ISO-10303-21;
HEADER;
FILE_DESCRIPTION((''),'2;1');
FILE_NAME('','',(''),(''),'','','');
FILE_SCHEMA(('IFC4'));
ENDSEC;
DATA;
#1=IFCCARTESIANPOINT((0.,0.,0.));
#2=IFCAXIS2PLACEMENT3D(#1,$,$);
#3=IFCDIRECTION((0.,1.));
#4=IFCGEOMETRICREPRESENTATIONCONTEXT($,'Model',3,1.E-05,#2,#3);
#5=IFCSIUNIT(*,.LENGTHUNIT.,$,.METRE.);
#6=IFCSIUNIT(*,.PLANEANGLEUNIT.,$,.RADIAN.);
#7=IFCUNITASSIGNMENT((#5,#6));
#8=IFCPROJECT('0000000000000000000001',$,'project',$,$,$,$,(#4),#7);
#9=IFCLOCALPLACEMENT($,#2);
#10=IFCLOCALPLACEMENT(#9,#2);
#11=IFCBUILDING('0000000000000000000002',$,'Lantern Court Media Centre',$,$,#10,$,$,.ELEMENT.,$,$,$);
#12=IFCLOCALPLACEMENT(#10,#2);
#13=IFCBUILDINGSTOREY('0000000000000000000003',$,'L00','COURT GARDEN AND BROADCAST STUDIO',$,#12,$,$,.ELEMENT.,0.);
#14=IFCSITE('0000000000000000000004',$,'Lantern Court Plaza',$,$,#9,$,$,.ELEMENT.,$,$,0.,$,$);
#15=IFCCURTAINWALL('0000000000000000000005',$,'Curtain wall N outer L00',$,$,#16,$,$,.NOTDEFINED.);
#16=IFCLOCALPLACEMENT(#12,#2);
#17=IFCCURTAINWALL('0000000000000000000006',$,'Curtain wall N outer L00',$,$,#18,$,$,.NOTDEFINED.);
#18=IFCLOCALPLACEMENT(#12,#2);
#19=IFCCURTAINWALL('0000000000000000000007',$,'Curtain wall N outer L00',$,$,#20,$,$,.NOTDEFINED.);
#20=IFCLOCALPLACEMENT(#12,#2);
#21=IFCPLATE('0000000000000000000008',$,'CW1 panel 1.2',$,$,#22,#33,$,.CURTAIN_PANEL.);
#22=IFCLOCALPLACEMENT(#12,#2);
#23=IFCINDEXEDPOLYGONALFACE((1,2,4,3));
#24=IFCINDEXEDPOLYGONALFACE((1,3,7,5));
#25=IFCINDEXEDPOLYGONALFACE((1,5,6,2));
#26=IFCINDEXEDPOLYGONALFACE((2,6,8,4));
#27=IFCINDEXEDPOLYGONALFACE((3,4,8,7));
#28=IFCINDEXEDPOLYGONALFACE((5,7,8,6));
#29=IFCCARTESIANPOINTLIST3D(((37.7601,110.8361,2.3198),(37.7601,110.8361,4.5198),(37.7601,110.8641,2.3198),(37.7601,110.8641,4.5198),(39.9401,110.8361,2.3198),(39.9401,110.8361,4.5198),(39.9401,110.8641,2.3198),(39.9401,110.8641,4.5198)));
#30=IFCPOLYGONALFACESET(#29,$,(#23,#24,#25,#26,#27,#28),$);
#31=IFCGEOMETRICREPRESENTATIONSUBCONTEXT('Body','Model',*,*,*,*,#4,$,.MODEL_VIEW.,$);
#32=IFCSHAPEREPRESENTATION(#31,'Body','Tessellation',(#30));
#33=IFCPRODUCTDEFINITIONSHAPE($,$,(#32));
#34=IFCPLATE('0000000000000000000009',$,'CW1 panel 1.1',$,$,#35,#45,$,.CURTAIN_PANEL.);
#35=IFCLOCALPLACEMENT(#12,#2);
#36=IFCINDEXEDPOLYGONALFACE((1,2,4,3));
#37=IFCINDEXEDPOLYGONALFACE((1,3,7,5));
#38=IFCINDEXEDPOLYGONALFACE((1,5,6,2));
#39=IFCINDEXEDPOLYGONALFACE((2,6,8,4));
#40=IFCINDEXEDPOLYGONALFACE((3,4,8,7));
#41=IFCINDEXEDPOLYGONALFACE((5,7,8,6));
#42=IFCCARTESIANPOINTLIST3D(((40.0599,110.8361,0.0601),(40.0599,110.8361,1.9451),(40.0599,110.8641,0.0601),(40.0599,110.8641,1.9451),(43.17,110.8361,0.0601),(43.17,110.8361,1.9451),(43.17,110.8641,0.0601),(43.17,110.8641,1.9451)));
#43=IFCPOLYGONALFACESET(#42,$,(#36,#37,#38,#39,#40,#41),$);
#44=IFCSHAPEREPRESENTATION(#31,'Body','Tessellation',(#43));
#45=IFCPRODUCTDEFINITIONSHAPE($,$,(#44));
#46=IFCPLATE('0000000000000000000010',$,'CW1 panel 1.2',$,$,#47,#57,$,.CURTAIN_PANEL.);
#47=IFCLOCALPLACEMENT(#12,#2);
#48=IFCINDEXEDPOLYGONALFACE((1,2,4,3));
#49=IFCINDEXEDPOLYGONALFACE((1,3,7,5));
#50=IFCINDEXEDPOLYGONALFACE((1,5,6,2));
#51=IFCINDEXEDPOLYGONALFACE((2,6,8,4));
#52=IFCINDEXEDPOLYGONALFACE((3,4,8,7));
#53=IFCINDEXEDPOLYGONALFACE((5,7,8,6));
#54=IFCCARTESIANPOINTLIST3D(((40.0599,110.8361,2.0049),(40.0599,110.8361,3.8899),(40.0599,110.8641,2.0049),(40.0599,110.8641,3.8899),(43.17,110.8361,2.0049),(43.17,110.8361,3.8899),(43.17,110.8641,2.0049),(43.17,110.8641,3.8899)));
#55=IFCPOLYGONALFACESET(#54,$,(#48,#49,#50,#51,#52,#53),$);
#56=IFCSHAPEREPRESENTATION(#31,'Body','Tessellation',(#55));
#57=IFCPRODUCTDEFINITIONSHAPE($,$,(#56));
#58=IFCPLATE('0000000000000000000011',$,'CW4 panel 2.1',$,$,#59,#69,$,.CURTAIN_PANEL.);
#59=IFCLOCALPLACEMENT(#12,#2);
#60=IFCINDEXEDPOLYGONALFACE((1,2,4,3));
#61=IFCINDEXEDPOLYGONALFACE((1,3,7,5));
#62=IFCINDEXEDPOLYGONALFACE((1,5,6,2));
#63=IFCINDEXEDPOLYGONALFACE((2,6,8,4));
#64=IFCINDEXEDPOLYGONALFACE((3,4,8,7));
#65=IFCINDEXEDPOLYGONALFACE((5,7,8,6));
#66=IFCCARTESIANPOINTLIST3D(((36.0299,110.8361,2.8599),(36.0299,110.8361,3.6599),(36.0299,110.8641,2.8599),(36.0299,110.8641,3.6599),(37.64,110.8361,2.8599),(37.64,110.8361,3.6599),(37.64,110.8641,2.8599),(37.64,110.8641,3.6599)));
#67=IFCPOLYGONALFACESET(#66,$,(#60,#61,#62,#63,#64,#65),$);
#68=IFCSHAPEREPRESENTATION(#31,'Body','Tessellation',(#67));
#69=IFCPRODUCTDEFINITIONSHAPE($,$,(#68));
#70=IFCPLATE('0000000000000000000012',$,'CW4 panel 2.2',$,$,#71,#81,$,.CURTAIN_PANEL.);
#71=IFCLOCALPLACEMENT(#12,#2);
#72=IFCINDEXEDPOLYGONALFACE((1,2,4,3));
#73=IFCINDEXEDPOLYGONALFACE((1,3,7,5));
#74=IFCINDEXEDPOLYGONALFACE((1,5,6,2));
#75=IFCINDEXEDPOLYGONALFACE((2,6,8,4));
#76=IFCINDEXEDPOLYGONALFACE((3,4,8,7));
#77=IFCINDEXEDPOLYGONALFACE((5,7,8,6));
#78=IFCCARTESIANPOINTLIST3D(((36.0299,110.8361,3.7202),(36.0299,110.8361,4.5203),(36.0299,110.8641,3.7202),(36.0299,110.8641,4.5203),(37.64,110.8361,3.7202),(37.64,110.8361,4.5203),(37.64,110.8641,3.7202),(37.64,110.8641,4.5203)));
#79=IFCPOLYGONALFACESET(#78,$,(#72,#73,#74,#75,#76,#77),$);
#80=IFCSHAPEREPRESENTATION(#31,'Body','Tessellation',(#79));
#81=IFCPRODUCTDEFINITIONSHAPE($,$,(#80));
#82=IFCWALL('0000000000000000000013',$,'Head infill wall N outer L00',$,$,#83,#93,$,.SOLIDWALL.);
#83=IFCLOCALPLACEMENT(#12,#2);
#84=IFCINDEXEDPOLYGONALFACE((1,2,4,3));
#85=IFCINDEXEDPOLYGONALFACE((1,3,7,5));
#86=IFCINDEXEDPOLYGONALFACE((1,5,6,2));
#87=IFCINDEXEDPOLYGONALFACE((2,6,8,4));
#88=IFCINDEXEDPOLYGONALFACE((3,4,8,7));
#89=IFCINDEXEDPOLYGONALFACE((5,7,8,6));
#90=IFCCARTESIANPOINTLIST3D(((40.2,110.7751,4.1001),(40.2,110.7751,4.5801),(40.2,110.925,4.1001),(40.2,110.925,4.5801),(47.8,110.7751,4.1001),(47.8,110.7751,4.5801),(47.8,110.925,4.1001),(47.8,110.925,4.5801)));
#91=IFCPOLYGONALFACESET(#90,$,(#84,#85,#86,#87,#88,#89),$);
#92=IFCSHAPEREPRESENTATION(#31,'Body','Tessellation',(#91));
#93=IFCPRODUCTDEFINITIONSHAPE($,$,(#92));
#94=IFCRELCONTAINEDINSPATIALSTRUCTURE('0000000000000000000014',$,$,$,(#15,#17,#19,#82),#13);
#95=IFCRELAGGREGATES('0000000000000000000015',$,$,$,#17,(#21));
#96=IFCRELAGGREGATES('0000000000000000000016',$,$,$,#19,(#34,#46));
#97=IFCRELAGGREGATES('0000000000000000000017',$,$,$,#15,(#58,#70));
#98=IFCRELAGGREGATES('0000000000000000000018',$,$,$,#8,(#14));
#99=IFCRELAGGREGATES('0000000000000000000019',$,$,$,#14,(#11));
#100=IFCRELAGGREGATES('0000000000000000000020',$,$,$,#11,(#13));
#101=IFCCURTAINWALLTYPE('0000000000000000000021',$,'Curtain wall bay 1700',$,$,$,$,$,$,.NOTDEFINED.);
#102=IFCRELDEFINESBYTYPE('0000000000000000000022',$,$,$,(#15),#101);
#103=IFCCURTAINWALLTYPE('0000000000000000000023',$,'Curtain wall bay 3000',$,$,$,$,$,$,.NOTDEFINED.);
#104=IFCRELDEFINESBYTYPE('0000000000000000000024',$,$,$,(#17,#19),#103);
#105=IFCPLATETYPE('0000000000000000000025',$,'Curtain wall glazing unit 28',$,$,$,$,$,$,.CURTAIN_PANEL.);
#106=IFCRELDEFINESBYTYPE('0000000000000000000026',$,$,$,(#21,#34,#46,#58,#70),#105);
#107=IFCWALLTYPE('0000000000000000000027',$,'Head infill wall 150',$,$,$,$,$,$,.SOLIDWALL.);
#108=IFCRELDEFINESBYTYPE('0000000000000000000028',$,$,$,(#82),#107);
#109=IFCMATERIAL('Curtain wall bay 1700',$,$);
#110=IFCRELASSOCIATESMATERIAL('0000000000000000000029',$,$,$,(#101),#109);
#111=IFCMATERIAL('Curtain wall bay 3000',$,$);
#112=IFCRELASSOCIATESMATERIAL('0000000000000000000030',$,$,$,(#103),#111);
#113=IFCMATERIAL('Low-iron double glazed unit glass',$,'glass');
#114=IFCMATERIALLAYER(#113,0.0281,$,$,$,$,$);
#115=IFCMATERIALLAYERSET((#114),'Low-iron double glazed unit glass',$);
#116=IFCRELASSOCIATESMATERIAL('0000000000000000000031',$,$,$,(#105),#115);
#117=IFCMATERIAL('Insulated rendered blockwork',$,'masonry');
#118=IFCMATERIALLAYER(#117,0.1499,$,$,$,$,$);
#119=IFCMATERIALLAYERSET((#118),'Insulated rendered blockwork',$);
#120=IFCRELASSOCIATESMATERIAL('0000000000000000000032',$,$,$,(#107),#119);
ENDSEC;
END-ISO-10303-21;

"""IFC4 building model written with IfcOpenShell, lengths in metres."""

from ifc_helpers import new_model, si_unit, direction, frame, frame_2d, origin, origin_2d, place, context, subcontext, project, spatial, rectangle, extrude, material, layer, layer_set, type_object, element, aggregate, save


model = new_model("IFC4")

# Units and contexts
model_context = context("Model", 3, precision=1e-05, world=origin(), true_north=direction((0.0, 1.0)))
body_context = subcontext(model_context, "Body", "Model", "MODEL_VIEW")
ifc_project = project(units=[si_unit("LENGTHUNIT", "METRE"), si_unit("PLANEANGLEUNIT", "RADIAN")], contexts=[model_context])

# Site, building, storey
site_placement = place(None, origin())
site = spatial("IfcSite", under=ifc_project, at=site_placement, Name="Lantern Court Plaza", CompositionType="ELEMENT", RefElevation=0.0)
building_placement = place(site_placement, origin())
building = spatial("IfcBuilding", under=site, at=building_placement, Name="Lantern Court Media Centre", CompositionType="ELEMENT")
storey_placement = place(building_placement, origin())
storey = spatial("IfcBuildingStorey", under=building, at=storey_placement, Name="L00", Description="COURT GARDEN AND BROADCAST STUDIO", CompositionType="ELEMENT", Elevation=0.0)

# Curtain wall
ifc_material_1 = material(Name="Curtain wall bay 1700")
curtain_wall_type_1 = type_object("IfcCurtainWallType", Name="Curtain wall bay 1700", PredefinedType="NOTDEFINED", material=ifc_material_1)
curtain_wall_1_placement = place(storey_placement, origin())
curtain_wall_1 = element("IfcCurtainWall", 1, at=curtain_wall_1_placement, inside=storey, type_object=curtain_wall_type_1, Name="Curtain wall N outer L00", PredefinedType="NOTDEFINED")

# Curtain wall
ifc_material_2 = material(Name="Curtain wall bay 3000")
curtain_wall_type_2 = type_object("IfcCurtainWallType", Name="Curtain wall bay 3000", PredefinedType="NOTDEFINED", material=ifc_material_2)
curtain_wall_2_placement = place(storey_placement, origin())
curtain_wall_2 = element("IfcCurtainWall", 2, at=curtain_wall_2_placement, inside=storey, type_object=curtain_wall_type_2, Name="Curtain wall N outer L00", PredefinedType="NOTDEFINED")

# Curtain wall
curtain_wall_3_placement = place(storey_placement, origin())
curtain_wall_3 = element("IfcCurtainWall", 3, at=curtain_wall_3_placement, inside=storey, type_object=curtain_wall_type_2, Name="Curtain wall N outer L00", PredefinedType="NOTDEFINED")

# Plates
ifc_material_3 = material(Name="Low-iron double glazed unit glass", Category="glass")
ifc_layer_1 = layer(ifc_material_3, 0.0281)
ifc_layer_set_1 = layer_set([ifc_layer_1], Name="Low-iron double glazed unit glass")
plate_type = type_object("IfcPlateType", Name="Curtain wall glazing unit 28", PredefinedType="CURTAIN_PANEL", material=ifc_layer_set_1)
plate_1_placement = place(storey_placement, frame((38.8501, 110.8501, 2.3198), z_axis=(0.0, 0.0, 1.0), x_axis=(1.0, 0.0, 0.0)))
plate_1 = element("IfcPlate", 4, at=plate_1_placement, type_object=plate_type, Name="CW1 panel 1.2", PredefinedType="CURTAIN_PANEL", context=body_context, shape_type="SweptSolid", body=[
    extrude(rectangle(XDim=2.1799, YDim=0.0281, at=origin_2d()), origin(), (0.0, 0.0, 1.0), 2.2),
])
aggregate(curtain_wall_2, [plate_1])
plate_2_placement = place(storey_placement, frame((41.615, 110.8501, 0.0601), z_axis=(0.0, 0.0, 1.0), x_axis=(1.0, 0.0, 0.0)))
plate_2 = element("IfcPlate", 5, at=plate_2_placement, type_object=plate_type, Name="CW1 panel 1.1", PredefinedType="CURTAIN_PANEL", context=body_context, shape_type="SweptSolid", body=[
    extrude(rectangle(XDim=3.1101, YDim=0.0281, at=origin_2d()), origin(), (0.0, 0.0, 1.0), 1.885),
])
plate_3_placement = place(storey_placement, frame((41.615, 110.8501, 2.0049), z_axis=(0.0, 0.0, 1.0), x_axis=(1.0, 0.0, 0.0)))
plate_3 = element("IfcPlate", 6, at=plate_3_placement, type_object=plate_type, Name="CW1 panel 1.2", PredefinedType="CURTAIN_PANEL", context=body_context, shape_type="SweptSolid", body=[
    extrude(rectangle(XDim=3.1101, YDim=0.0281, at=origin_2d()), origin(), (0.0, 0.0, 1.0), 1.885),
])
aggregate(curtain_wall_3, [plate_2, plate_3])
plate_4_placement = place(storey_placement, frame((36.835, 110.8501, 2.8599), z_axis=(0.0, 0.0, 1.0), x_axis=(1.0, 0.0, 0.0)))
plate_4 = element("IfcPlate", 7, at=plate_4_placement, type_object=plate_type, Name="CW4 panel 2.1", PredefinedType="CURTAIN_PANEL", context=body_context, shape_type="SweptSolid", body=[
    extrude(rectangle(XDim=1.6101, YDim=0.0281, at=origin_2d()), origin(), (0.0, 0.0, 1.0), 0.8),
])
plate_5_placement = place(storey_placement, frame((36.835, 110.8501, 3.7202), z_axis=(0.0, 0.0, 1.0), x_axis=(1.0, 0.0, 0.0)))
plate_5 = element("IfcPlate", 8, at=plate_5_placement, type_object=plate_type, Name="CW4 panel 2.2", PredefinedType="CURTAIN_PANEL", context=body_context, shape_type="SweptSolid", body=[
    extrude(rectangle(XDim=1.6101, YDim=0.0281, at=origin_2d()), origin(), (0.0, 0.0, 1.0), 0.8),
])
aggregate(curtain_wall_1, [plate_4, plate_5])

# Wall
ifc_material_4 = material(Name="Insulated rendered blockwork", Category="masonry")
ifc_layer_2 = layer(ifc_material_4, 0.1499)
ifc_layer_set_2 = layer_set([ifc_layer_2], Name="Insulated rendered blockwork")
wall_type = type_object("IfcWallType", Name="Head infill wall 150", PredefinedType="SOLIDWALL", material=ifc_layer_set_2)
wall_placement = place(storey_placement, frame((40.2, 110.8501, 4.1001), z_axis=(0.0, 0.0, 1.0), x_axis=(1.0, 0.0, 0.0)))
element("IfcWall", 9, at=wall_placement, inside=storey, type_object=wall_type, Name="Head infill wall N outer L00", PredefinedType="SOLIDWALL", context=body_context, shape_type="SweptSolid", body=[
    extrude(rectangle(XDim=7.6001, YDim=0.1499, at=frame_2d((3.8, 0.0))), origin(), (0.0, 0.0, 1.0), 0.48),
])

save(model, "model.ifc")
